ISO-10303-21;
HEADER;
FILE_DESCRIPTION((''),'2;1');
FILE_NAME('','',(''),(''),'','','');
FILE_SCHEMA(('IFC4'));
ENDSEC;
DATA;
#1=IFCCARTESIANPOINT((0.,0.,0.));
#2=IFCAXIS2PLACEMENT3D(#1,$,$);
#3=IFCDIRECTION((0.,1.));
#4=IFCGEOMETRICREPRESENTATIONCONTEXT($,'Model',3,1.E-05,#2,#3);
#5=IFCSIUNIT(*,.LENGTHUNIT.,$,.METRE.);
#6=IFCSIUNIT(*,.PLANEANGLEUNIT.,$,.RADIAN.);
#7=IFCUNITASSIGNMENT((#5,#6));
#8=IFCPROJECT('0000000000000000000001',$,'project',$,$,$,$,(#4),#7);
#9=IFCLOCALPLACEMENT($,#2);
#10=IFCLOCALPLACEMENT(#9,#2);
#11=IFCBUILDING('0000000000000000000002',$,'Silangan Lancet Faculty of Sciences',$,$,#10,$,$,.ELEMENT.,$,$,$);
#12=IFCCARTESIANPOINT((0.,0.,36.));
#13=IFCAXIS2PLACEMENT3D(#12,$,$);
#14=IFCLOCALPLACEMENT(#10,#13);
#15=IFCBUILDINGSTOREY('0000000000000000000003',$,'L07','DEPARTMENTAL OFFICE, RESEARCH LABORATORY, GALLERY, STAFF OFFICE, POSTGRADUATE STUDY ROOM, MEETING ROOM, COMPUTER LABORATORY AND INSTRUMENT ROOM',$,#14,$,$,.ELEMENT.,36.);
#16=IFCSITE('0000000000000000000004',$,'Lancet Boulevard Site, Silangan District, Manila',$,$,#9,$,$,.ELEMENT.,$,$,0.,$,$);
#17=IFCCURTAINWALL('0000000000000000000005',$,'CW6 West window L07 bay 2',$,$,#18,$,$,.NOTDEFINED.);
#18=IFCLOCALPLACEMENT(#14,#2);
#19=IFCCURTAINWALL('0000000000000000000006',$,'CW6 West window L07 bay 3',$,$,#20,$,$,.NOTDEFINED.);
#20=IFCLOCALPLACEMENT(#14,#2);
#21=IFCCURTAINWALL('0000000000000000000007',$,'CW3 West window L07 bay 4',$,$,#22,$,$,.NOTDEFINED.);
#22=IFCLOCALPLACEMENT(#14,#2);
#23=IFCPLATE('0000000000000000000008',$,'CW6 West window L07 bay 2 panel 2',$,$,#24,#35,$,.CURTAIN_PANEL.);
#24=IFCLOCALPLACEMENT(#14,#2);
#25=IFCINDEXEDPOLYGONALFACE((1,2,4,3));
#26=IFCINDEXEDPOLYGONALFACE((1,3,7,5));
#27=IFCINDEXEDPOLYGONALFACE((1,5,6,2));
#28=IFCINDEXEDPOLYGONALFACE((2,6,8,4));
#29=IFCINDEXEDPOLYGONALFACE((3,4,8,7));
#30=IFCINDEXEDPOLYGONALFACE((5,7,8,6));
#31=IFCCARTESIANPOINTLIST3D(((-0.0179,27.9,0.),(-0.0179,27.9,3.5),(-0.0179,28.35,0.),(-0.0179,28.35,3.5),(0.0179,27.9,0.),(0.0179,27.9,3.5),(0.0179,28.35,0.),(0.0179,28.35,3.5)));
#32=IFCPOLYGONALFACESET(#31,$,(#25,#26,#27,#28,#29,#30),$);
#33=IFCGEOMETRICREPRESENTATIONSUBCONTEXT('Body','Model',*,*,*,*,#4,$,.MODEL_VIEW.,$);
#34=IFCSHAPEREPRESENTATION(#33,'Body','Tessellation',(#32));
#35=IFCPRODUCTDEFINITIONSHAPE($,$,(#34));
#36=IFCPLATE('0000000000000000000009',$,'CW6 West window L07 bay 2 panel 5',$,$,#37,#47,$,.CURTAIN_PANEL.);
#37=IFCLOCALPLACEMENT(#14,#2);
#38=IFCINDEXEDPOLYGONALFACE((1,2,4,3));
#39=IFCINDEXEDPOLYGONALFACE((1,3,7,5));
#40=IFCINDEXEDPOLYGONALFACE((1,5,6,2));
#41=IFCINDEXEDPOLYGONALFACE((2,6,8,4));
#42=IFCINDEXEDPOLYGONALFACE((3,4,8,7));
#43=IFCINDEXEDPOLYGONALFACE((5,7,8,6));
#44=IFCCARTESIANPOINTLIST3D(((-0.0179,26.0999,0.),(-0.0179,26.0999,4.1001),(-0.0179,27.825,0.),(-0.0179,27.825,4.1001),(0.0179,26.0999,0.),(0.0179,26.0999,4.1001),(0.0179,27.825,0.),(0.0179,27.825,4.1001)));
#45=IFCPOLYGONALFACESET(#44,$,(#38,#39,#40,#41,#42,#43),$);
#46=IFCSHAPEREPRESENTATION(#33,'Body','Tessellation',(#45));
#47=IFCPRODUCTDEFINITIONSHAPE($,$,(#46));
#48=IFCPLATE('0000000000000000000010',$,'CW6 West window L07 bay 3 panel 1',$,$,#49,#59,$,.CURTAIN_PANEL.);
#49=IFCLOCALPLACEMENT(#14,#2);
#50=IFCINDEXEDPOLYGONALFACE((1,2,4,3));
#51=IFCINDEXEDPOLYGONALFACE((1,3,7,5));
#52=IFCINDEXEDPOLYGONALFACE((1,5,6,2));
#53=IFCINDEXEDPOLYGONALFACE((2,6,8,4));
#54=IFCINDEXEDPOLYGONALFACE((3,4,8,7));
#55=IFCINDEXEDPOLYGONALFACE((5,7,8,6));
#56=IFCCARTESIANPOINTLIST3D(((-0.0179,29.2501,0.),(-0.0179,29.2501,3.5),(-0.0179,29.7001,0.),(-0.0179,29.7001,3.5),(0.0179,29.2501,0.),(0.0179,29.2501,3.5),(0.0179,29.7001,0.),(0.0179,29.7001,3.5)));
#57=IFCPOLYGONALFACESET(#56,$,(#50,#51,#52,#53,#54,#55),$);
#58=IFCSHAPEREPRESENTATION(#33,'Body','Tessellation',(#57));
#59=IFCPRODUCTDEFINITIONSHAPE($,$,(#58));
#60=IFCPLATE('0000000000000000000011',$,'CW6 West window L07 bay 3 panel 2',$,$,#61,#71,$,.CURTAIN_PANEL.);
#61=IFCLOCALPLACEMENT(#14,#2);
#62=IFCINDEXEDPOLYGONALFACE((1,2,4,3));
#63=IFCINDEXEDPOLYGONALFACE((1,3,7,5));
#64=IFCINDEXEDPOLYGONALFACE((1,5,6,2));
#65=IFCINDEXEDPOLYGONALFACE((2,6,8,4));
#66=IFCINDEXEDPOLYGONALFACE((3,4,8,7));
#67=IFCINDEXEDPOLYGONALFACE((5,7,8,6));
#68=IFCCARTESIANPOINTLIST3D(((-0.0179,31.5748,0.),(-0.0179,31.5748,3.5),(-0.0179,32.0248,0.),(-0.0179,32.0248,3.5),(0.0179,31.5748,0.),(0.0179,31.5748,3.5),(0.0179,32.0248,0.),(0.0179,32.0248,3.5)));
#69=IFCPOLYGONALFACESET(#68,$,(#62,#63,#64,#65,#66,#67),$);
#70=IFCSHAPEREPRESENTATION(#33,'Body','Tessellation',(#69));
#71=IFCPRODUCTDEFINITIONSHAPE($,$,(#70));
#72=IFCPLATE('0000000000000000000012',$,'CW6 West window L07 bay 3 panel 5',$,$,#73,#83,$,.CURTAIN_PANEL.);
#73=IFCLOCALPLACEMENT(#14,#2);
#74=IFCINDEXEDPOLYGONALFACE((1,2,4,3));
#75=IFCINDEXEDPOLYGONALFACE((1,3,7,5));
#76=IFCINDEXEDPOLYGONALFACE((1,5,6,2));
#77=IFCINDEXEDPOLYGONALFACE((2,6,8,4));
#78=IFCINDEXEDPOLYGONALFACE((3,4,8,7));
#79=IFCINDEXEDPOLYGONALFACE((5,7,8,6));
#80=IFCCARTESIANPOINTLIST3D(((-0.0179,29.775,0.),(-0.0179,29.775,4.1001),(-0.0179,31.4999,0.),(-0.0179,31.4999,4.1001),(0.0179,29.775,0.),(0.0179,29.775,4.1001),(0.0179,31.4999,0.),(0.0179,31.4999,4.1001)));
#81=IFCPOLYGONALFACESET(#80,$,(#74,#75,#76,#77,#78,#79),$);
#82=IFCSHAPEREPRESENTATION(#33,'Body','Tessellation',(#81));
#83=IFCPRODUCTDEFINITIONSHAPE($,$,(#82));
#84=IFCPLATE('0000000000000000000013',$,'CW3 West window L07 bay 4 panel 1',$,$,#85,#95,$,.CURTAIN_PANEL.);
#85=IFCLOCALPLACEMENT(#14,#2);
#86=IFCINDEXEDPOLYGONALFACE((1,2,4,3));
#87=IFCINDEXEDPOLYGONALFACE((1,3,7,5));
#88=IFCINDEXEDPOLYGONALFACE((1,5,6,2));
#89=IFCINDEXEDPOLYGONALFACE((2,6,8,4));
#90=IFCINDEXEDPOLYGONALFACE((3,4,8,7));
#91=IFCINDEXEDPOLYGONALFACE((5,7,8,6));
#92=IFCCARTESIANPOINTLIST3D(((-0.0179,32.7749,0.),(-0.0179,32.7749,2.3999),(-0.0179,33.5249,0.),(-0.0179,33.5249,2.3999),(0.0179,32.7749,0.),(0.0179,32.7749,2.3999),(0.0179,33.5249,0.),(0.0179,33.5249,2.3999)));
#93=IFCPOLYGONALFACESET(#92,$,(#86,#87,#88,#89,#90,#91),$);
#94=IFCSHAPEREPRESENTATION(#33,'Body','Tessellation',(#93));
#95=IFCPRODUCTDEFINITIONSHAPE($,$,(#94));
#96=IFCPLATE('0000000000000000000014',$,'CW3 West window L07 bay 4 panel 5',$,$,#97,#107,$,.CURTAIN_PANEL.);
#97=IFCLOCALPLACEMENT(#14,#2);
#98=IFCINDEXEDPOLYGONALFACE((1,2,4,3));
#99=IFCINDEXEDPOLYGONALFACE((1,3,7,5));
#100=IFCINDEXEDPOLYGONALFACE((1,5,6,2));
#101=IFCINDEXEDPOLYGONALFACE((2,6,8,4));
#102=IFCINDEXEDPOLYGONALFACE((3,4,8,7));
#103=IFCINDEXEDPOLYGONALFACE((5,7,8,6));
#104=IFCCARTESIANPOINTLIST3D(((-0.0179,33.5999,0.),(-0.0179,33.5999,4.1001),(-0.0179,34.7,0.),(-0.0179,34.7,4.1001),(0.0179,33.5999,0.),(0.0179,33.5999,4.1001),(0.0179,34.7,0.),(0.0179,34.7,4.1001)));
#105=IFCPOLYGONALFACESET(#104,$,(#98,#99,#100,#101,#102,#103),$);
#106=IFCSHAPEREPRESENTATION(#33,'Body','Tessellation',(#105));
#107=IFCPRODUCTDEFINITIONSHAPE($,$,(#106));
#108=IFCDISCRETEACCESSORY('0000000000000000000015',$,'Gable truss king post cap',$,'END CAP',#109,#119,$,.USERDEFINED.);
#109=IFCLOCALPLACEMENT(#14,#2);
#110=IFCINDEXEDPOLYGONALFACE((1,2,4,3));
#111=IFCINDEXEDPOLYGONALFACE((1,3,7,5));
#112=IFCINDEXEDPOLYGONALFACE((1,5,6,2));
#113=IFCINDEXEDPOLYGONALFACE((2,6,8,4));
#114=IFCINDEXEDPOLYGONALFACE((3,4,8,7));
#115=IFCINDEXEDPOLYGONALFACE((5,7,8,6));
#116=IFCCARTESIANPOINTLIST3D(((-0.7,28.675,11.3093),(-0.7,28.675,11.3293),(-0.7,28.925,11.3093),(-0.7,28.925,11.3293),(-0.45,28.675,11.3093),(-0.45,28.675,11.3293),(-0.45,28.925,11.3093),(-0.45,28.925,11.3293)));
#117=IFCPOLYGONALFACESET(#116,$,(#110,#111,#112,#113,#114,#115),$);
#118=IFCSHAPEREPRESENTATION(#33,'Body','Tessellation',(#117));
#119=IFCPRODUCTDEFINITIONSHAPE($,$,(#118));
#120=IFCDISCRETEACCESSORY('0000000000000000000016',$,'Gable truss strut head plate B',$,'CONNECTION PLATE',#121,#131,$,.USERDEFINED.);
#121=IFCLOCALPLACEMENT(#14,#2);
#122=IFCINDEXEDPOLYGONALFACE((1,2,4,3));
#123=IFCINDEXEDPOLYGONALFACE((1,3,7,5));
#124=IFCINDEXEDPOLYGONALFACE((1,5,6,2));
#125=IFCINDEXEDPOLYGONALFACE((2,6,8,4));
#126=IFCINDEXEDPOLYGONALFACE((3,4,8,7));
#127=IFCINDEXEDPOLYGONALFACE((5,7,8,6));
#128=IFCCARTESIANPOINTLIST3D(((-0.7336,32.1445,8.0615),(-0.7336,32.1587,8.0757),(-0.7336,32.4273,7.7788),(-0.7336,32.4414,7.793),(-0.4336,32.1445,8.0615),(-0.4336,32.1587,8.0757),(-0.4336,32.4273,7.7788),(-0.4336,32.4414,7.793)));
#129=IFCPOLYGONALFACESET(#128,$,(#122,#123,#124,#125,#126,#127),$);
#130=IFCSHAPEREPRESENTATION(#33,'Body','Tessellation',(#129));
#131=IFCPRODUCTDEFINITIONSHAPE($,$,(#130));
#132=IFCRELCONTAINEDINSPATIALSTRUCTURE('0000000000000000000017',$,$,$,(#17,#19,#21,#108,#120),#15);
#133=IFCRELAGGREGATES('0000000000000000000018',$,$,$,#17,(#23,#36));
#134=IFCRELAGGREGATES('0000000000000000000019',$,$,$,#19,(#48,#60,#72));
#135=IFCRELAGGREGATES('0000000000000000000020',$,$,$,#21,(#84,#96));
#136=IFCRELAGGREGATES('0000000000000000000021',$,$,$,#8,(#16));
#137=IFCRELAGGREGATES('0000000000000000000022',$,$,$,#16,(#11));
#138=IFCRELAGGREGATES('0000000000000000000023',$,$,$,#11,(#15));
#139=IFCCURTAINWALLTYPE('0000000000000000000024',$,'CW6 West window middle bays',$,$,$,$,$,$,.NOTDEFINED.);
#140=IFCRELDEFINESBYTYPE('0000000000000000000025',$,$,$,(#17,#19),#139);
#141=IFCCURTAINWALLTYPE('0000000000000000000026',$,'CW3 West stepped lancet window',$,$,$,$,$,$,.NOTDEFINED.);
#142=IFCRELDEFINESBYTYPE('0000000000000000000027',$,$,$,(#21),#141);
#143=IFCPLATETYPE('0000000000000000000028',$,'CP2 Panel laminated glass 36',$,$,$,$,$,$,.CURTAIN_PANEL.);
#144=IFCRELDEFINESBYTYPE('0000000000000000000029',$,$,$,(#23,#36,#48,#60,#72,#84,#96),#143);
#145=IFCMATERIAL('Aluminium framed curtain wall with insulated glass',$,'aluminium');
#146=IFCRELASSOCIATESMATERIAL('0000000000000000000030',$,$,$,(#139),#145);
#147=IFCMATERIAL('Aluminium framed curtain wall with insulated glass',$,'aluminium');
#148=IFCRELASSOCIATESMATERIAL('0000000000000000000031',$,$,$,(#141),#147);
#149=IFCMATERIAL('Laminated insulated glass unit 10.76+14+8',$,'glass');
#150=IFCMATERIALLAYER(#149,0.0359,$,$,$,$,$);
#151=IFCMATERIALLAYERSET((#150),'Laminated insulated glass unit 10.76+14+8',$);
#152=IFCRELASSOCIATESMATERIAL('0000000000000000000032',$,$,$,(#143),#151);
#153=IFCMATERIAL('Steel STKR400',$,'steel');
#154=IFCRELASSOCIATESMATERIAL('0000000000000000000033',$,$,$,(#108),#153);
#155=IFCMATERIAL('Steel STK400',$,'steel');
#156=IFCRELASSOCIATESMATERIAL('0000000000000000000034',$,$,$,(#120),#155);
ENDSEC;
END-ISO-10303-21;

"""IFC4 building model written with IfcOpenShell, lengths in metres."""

from ifc_helpers import new_model, si_unit, direction, frame, origin, origin_2d, place, context, subcontext, project, spatial, polyline, rectangle, outline, extrude, material, layer, layer_set, type_object, element, aggregate, save


model = new_model("IFC4")

# Units and contexts
model_context = context("Model", 3, precision=1e-05, world=origin(), true_north=direction((0.0, 1.0)))
body_context = subcontext(model_context, "Body", "Model", "MODEL_VIEW")
ifc_project = project(units=[si_unit("LENGTHUNIT", "METRE"), si_unit("PLANEANGLEUNIT", "RADIAN")], contexts=[model_context])

# Site, building, storey
site_placement = place(None, origin())
site = spatial("IfcSite", under=ifc_project, at=site_placement, Name="Lancet Boulevard Site, Silangan District, Manila", CompositionType="ELEMENT", RefElevation=0.0)
building_placement = place(site_placement, origin())
building = spatial("IfcBuilding", under=site, at=building_placement, Name="Silangan Lancet Faculty of Sciences", CompositionType="ELEMENT")
storey_placement = place(building_placement, frame((0.0, 0.0, 36.0)))
storey = spatial("IfcBuildingStorey", under=building, at=storey_placement, Name="L07", Description="DEPARTMENTAL OFFICE, RESEARCH LABORATORY, GALLERY, STAFF OFFICE, POSTGRADUATE STUDY ROOM, MEETING ROOM, COMPUTER LABORATORY AND INSTRUMENT ROOM", CompositionType="ELEMENT", Elevation=36.0)

# Curtain walls
ifc_material_1 = material(Name="Aluminium framed curtain wall with insulated glass", Category="aluminium")
curtain_wall_type_1 = type_object("IfcCurtainWallType", Name="CW6 West window middle bays", PredefinedType="NOTDEFINED", material=ifc_material_1)
curtain_wall_1_placement = place(storey_placement, origin())
curtain_wall_1 = element("IfcCurtainWall", 1, at=curtain_wall_1_placement, inside=storey, type_object=curtain_wall_type_1, Name="CW6 West window L07 bay 2", PredefinedType="NOTDEFINED")
curtain_wall_2_placement = place(storey_placement, origin())
curtain_wall_2 = element("IfcCurtainWall", 2, at=curtain_wall_2_placement, inside=storey, type_object=curtain_wall_type_1, Name="CW6 West window L07 bay 3", PredefinedType="NOTDEFINED")
ifc_material_2 = material(Name="Aluminium framed curtain wall with insulated glass", Category="aluminium")
curtain_wall_type_2 = type_object("IfcCurtainWallType", Name="CW3 West stepped lancet window", PredefinedType="NOTDEFINED", material=ifc_material_2)
curtain_wall_3_placement = place(storey_placement, origin())
curtain_wall_3 = element("IfcCurtainWall", 3, at=curtain_wall_3_placement, inside=storey, type_object=curtain_wall_type_2, Name="CW3 West window L07 bay 4", PredefinedType="NOTDEFINED")

# Plates
ifc_material_3 = material(Name="Laminated insulated glass unit 10.76+14+8", Category="glass")
ifc_layer_1 = layer(ifc_material_3, 0.0359)
ifc_layer_set_1 = layer_set([ifc_layer_1], Name="Laminated insulated glass unit 10.76+14+8")
plate_type_1 = type_object("IfcPlateType", Name="CP2 Panel laminated glass 36", PredefinedType="CURTAIN_PANEL", material=ifc_layer_set_1)
plate_1_placement = place(storey_placement, frame((0.0, 28.125, 0.0), z_axis=(0.0, 0.0, 1.0), x_axis=(0.0, 1.0, 0.0)))
plate_1 = element("IfcPlate", 4, at=plate_1_placement, type_object=plate_type_1, Name="CW6 West window L07 bay 2 panel 2", PredefinedType="CURTAIN_PANEL", context=body_context, shape_type="SweptSolid", body=[
    extrude(rectangle(XDim=0.45, YDim=0.0359, at=origin_2d()), origin(), (0.0, 0.0, 1.0), 3.5),
])
plate_2_placement = place(storey_placement, frame((0.0, 26.9624, 0.0), z_axis=(0.0, 0.0, 1.0), x_axis=(0.0, 1.0, 0.0)))
plate_2 = element("IfcPlate", 5, at=plate_2_placement, type_object=plate_type_1, Name="CW6 West window L07 bay 2 panel 5", PredefinedType="CURTAIN_PANEL", context=body_context, shape_type="SweptSolid", body=[
    extrude(rectangle(XDim=1.7251, YDim=0.0359, at=origin_2d()), origin(), (0.0, 0.0, 1.0), 4.1001),
])
aggregate(curtain_wall_1, [plate_1, plate_2])
plate_3_placement = place(storey_placement, frame((0.0, 29.4751, 0.0), z_axis=(0.0, 0.0, 1.0), x_axis=(0.0, 1.0, 0.0)))
plate_3 = element("IfcPlate", 6, at=plate_3_placement, type_object=plate_type_1, Name="CW6 West window L07 bay 3 panel 1", PredefinedType="CURTAIN_PANEL", context=body_context, shape_type="SweptSolid", body=[
    extrude(rectangle(XDim=0.45, YDim=0.0359, at=origin_2d()), origin(), (0.0, 0.0, 1.0), 3.5),
])
plate_4_placement = place(storey_placement, frame((0.0, 31.7998, 0.0), z_axis=(0.0, 0.0, 1.0), x_axis=(0.0, 1.0, 0.0)))
plate_4 = element("IfcPlate", 7, at=plate_4_placement, type_object=plate_type_1, Name="CW6 West window L07 bay 3 panel 2", PredefinedType="CURTAIN_PANEL", context=body_context, shape_type="SweptSolid", body=[
    extrude(rectangle(XDim=0.45, YDim=0.0359, at=origin_2d()), origin(), (0.0, 0.0, 1.0), 3.5),
])
plate_5_placement = place(storey_placement, frame((0.0, 30.6375, 0.0), z_axis=(0.0, 0.0, 1.0), x_axis=(0.0, 1.0, 0.0)))
plate_5 = element("IfcPlate", 8, at=plate_5_placement, type_object=plate_type_1, Name="CW6 West window L07 bay 3 panel 5", PredefinedType="CURTAIN_PANEL", context=body_context, shape_type="SweptSolid", body=[
    extrude(rectangle(XDim=1.7249, YDim=0.0359, at=origin_2d()), origin(), (0.0, 0.0, 1.0), 4.1001),
])
aggregate(curtain_wall_2, [plate_3, plate_4, plate_5])
plate_6_placement = place(storey_placement, frame((0.0, 33.1499, 0.0), z_axis=(0.0, 0.0, 1.0), x_axis=(0.0, 1.0, 0.0)))
plate_6 = element("IfcPlate", 9, at=plate_6_placement, type_object=plate_type_1, Name="CW3 West window L07 bay 4 panel 1", PredefinedType="CURTAIN_PANEL", context=body_context, shape_type="SweptSolid", body=[
    extrude(rectangle(XDim=0.75, YDim=0.0359, at=origin_2d()), origin(), (0.0, 0.0, 1.0), 2.3999),
])
plate_7_placement = place(storey_placement, frame((0.0, 34.1499, 0.0), z_axis=(0.0, 0.0, 1.0), x_axis=(0.0, 1.0, 0.0)))
plate_7 = element("IfcPlate", 10, at=plate_7_placement, type_object=plate_type_1, Name="CW3 West window L07 bay 4 panel 5", PredefinedType="CURTAIN_PANEL", context=body_context, shape_type="SweptSolid", body=[
    extrude(rectangle(XDim=1.1001, YDim=0.0359, at=origin_2d()), origin(), (0.0, 0.0, 1.0), 4.1001),
])
aggregate(curtain_wall_3, [plate_6, plate_7])

# Discrete accessories
ifc_material_4 = material(Name="Steel STKR400", Category="steel")
discrete_accessory_1_placement = place(storey_placement, frame((-0.575, 28.8, 11.3093), z_axis=(0.0, 0.0, 1.0), x_axis=(1.0, 0.0, 0.0)))
element("IfcDiscreteAccessory", 11, at=discrete_accessory_1_placement, inside=storey, material=ifc_material_4, Name="Gable truss king post cap", ObjectType="END CAP", PredefinedType="USERDEFINED", context=body_context, shape_type="SweptSolid", body=[
    extrude(rectangle(XDim=0.25, YDim=0.25, at=origin_2d()), origin(), (0.0, 0.0, 1.0), 0.02),
])
ifc_material_5 = material(Name="Steel STK400", Category="steel")
discrete_accessory_2_placement = place(storey_placement, frame((-0.7336, 32.1587, 8.0757), z_axis=(0.0, 0.707107, 0.707107), x_axis=(1.0, 0.0, 0.0)))
element("IfcDiscreteAccessory", 12, at=discrete_accessory_2_placement, inside=storey, material=ifc_material_5, Name="Gable truss strut head plate B", ObjectType="CONNECTION PLATE", PredefinedType="USERDEFINED", context=body_context, shape_type="SweptSolid", body=[
    extrude(outline(polyline([(0.0, 0.0), (0.3, 0.0), (0.3, 0.3998), (0.0, 0.3998), (0.0, 0.0)])), origin(), (0.0, 0.0, -1.0), 0.02),
])

save(model, "model.ifc")
